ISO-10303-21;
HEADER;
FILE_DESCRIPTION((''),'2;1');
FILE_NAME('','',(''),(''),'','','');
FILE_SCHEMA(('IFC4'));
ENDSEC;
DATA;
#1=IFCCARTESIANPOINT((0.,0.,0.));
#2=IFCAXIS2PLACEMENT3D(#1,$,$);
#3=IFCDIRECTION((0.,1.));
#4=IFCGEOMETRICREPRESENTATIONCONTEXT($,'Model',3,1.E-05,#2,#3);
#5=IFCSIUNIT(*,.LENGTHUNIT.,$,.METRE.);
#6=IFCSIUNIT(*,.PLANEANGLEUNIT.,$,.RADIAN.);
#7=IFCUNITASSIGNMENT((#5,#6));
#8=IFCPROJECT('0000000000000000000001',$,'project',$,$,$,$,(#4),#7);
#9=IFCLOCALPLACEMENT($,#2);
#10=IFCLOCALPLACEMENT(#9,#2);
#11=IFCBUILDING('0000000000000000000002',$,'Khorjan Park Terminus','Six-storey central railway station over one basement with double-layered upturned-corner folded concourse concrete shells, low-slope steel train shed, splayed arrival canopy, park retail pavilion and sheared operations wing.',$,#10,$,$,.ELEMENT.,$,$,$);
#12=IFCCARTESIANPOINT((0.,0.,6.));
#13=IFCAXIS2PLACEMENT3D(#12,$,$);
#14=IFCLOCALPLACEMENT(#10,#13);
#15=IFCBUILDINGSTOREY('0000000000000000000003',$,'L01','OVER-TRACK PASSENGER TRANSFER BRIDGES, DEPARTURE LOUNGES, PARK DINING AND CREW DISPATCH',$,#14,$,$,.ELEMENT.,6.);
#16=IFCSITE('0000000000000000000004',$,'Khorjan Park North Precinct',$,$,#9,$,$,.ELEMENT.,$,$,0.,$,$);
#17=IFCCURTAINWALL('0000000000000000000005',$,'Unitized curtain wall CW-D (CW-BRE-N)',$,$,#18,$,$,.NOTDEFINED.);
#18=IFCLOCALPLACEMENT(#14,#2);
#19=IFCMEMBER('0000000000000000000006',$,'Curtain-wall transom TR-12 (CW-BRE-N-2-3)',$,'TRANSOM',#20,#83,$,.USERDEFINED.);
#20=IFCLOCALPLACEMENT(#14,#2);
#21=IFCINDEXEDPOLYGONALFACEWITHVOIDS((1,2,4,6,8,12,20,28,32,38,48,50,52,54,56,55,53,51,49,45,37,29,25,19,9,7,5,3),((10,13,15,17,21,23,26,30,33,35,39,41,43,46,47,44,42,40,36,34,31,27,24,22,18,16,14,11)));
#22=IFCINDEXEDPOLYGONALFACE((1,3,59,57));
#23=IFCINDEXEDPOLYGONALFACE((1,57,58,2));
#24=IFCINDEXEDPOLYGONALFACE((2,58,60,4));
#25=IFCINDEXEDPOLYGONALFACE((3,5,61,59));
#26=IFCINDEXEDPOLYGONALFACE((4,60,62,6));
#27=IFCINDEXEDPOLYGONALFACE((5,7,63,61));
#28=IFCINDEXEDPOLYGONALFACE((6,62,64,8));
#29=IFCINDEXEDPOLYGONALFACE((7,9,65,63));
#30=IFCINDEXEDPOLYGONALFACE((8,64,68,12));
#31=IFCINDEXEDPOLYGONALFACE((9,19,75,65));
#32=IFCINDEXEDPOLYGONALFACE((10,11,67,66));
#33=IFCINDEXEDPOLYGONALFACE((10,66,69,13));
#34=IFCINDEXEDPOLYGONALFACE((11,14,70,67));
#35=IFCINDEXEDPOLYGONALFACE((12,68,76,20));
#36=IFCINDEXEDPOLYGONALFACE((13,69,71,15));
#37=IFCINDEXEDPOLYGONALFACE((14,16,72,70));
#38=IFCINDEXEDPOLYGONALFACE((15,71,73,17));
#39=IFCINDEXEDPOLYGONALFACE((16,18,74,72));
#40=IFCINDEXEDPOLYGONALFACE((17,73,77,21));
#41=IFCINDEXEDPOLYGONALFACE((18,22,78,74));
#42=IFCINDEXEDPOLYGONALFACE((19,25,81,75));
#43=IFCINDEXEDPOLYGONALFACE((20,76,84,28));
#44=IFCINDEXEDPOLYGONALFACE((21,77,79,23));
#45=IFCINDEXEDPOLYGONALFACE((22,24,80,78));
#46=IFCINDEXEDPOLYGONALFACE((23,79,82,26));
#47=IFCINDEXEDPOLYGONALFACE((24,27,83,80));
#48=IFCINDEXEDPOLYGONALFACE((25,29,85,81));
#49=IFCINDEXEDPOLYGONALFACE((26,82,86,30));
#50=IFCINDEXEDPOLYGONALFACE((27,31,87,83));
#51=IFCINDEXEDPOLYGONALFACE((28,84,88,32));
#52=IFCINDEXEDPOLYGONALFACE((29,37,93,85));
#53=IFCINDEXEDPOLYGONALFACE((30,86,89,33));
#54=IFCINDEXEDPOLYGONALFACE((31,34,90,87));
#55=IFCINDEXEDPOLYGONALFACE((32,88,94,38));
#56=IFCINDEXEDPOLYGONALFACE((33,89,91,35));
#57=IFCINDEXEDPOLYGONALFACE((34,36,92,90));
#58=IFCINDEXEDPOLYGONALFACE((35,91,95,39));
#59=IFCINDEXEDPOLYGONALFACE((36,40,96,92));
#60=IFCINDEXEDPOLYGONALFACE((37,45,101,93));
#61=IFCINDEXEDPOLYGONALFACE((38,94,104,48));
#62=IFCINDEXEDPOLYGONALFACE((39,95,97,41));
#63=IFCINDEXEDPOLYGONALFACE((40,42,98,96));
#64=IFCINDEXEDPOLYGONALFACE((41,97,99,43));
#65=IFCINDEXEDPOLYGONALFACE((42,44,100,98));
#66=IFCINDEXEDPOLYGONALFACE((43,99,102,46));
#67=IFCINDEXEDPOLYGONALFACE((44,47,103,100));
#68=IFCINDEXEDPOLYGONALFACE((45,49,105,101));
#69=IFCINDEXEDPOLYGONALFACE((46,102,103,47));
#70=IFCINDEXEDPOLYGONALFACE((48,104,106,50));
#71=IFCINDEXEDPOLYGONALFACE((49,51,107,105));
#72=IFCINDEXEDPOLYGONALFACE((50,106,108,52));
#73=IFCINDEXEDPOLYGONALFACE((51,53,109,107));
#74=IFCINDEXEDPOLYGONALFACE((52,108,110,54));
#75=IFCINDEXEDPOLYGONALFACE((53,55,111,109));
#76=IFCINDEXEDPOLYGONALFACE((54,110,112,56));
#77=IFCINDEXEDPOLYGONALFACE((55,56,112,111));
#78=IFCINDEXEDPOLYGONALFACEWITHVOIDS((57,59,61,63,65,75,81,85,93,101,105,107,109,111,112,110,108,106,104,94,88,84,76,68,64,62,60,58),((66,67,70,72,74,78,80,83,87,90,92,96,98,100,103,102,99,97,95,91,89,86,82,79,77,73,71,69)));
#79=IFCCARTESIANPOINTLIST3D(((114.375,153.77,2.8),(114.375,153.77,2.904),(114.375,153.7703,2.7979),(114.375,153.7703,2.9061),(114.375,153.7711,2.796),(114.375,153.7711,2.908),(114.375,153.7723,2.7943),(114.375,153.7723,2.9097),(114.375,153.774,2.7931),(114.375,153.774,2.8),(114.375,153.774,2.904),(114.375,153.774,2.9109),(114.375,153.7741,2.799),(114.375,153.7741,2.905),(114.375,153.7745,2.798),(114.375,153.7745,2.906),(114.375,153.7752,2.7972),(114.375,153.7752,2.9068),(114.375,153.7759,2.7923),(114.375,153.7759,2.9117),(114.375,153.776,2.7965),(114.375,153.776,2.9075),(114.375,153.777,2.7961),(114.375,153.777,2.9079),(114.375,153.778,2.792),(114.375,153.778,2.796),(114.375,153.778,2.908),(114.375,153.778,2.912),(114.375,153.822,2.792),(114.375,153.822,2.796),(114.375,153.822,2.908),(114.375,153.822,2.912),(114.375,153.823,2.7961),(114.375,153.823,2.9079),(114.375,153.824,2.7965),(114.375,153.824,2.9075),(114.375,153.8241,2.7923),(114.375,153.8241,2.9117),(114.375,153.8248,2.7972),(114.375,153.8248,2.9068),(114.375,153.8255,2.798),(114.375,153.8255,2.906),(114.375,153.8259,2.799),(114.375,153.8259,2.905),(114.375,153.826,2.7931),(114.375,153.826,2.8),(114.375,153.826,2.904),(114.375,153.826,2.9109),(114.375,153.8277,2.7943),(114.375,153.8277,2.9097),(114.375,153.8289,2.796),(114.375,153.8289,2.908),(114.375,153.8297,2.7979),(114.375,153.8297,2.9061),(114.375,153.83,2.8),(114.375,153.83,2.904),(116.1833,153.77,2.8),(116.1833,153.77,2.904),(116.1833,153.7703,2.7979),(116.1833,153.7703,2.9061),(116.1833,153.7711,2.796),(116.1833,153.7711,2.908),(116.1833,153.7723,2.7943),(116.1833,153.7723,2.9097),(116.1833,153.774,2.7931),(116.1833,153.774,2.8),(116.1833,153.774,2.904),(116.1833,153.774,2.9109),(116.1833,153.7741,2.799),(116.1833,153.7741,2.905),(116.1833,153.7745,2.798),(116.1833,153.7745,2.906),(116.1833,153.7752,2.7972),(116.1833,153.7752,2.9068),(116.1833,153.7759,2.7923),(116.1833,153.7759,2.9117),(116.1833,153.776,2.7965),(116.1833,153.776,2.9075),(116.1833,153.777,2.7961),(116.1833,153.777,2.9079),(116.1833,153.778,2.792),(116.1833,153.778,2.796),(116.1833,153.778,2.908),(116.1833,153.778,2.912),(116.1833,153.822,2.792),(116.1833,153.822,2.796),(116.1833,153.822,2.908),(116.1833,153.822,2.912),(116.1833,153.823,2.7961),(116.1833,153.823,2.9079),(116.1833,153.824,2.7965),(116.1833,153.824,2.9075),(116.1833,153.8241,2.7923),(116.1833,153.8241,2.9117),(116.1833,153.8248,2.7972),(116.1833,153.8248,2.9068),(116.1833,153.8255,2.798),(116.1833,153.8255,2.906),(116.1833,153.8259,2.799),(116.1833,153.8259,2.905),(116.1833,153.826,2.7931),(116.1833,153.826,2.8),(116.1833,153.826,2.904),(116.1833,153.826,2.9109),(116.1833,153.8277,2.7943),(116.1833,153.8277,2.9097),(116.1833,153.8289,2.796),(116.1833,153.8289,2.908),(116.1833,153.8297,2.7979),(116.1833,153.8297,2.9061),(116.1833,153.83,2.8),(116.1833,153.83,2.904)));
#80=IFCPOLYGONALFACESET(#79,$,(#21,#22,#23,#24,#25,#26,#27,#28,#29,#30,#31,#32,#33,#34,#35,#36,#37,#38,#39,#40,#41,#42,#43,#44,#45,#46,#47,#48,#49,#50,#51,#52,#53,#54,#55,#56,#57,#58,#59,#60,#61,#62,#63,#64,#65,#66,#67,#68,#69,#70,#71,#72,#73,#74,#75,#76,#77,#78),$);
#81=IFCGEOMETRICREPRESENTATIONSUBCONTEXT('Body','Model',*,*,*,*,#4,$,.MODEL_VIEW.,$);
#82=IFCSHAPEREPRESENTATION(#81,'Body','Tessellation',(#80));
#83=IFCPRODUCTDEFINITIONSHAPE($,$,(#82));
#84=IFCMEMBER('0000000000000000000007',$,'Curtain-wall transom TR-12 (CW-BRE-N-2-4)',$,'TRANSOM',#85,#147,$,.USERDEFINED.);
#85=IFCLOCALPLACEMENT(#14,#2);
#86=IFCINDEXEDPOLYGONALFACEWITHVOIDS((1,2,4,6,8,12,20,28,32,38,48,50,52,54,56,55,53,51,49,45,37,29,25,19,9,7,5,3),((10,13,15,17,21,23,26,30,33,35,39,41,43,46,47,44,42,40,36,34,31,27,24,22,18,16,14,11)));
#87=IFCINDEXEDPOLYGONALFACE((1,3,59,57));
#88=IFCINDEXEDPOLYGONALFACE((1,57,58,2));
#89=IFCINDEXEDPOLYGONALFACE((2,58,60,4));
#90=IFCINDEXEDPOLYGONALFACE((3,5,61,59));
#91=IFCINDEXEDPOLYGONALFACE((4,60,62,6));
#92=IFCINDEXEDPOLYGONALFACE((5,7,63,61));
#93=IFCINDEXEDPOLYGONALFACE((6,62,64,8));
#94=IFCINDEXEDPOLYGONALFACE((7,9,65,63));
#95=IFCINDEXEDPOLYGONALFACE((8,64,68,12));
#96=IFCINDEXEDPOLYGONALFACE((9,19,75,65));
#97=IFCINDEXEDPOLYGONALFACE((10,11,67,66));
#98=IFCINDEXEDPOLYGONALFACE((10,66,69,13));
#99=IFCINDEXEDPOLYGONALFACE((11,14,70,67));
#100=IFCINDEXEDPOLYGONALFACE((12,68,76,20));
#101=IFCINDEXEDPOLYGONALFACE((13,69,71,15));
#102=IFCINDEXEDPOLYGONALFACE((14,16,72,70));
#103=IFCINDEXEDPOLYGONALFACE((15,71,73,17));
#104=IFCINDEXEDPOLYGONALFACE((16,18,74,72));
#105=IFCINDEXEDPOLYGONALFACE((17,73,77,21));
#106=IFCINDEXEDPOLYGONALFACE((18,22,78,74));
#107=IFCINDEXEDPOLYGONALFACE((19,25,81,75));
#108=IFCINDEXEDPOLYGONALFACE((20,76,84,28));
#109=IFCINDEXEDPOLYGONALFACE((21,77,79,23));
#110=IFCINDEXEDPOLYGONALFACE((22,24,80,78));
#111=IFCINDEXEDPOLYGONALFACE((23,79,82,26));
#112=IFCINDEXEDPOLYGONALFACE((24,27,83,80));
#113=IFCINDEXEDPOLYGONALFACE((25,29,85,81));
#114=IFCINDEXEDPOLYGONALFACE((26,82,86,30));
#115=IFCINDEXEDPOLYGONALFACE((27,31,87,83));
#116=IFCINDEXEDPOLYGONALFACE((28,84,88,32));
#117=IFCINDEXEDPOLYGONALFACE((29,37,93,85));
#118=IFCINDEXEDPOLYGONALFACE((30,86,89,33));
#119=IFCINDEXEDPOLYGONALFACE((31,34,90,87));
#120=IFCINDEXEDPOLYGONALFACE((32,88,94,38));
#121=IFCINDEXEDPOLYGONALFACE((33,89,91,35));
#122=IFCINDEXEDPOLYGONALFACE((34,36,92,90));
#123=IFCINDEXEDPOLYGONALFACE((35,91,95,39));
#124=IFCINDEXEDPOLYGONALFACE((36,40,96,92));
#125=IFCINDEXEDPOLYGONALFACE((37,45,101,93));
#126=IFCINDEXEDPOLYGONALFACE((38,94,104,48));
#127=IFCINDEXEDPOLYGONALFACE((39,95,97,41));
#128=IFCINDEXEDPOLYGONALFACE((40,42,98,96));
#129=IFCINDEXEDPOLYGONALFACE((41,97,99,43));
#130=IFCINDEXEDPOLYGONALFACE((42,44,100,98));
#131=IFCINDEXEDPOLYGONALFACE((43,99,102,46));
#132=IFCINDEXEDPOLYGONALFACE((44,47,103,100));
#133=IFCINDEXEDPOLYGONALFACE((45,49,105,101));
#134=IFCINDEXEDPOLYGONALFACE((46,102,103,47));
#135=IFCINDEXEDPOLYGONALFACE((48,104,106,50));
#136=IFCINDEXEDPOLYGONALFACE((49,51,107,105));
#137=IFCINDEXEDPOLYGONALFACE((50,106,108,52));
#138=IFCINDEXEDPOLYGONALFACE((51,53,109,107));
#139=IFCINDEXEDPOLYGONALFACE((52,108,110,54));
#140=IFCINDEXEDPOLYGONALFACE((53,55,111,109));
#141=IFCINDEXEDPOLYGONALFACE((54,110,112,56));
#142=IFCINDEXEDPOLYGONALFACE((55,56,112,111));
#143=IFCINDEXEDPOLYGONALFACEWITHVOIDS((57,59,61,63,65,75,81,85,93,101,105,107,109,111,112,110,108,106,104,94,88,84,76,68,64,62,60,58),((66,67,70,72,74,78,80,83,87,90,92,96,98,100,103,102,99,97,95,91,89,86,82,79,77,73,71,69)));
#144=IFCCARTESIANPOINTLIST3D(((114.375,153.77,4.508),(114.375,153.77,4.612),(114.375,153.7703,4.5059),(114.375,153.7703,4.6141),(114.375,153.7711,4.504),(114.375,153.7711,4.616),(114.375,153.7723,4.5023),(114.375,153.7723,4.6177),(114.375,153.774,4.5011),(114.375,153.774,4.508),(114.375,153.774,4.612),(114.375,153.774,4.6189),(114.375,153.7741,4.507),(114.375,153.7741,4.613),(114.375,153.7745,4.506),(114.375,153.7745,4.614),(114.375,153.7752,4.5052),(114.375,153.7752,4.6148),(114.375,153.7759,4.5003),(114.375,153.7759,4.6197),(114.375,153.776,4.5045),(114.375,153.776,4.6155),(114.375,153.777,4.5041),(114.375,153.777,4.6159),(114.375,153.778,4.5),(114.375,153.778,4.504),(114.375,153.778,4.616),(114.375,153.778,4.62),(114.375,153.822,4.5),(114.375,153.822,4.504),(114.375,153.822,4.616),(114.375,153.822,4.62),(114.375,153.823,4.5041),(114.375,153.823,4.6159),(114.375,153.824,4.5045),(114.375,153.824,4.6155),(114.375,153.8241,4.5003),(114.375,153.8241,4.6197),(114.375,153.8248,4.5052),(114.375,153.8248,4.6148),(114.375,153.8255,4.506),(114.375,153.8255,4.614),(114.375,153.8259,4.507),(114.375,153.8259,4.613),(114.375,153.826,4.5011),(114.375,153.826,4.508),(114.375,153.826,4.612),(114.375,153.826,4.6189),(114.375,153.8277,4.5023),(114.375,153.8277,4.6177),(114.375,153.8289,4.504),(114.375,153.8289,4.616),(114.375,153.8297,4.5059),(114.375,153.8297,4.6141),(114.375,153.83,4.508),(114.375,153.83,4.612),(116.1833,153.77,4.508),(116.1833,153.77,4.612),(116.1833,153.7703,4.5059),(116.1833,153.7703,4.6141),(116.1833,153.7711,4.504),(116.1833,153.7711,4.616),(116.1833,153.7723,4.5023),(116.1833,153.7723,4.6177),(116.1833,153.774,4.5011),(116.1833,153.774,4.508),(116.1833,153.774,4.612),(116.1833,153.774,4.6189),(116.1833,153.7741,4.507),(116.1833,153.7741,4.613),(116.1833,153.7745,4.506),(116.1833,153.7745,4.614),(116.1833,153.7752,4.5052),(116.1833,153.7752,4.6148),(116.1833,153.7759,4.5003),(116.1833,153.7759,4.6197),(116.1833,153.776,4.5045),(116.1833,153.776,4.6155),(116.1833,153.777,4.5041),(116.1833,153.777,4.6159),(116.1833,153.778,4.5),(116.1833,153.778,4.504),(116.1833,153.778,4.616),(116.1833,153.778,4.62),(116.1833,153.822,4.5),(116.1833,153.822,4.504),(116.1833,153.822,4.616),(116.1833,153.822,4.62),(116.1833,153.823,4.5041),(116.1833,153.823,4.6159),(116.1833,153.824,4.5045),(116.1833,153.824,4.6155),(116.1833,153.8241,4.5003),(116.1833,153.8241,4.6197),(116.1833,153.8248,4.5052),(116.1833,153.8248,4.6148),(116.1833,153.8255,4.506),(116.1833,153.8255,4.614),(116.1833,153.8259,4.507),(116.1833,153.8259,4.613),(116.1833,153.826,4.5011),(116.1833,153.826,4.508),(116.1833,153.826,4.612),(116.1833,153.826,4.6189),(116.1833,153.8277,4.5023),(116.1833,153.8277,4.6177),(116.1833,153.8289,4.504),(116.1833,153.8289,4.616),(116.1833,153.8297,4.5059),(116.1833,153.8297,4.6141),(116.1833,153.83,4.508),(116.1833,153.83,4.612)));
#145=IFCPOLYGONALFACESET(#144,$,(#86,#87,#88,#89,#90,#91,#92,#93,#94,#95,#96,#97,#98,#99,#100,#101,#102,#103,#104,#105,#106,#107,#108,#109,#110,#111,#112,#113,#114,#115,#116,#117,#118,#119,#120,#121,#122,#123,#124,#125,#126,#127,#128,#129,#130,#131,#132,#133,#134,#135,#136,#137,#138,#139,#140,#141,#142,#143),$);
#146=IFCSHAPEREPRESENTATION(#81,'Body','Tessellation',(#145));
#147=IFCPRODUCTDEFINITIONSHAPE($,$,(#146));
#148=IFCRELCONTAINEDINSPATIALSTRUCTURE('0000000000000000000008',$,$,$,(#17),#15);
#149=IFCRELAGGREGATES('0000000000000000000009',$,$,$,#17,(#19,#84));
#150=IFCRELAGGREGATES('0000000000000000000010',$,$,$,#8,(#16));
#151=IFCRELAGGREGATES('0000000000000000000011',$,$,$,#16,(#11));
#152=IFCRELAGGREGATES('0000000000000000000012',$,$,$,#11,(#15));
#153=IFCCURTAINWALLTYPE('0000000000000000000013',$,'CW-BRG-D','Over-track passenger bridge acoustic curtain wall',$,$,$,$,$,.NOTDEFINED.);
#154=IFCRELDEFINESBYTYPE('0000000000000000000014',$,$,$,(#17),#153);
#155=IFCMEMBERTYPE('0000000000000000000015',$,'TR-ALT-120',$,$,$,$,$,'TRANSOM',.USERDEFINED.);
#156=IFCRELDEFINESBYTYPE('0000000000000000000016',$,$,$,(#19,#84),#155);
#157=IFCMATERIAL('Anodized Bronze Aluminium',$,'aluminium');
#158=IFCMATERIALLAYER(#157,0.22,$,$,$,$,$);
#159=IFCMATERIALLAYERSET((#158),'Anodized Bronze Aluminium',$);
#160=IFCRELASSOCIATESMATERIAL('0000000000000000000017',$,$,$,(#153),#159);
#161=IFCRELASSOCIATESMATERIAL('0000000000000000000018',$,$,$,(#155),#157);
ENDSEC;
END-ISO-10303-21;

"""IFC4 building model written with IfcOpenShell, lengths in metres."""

from ifc_helpers import new_model, si_unit, direction, frame, origin, origin_2d, place, context, subcontext, project, spatial, hollow_rectangle, extrude, material, layer, layer_set, material_profile, profile_set, type_object, element, aggregate, save


model = new_model("IFC4")

# Units and contexts
model_context = context("Model", 3, precision=1e-05, world=origin(), true_north=direction((0.0, 1.0)))
body_context = subcontext(model_context, "Body", "Model", "MODEL_VIEW")
ifc_project = project(units=[si_unit("LENGTHUNIT", "METRE"), si_unit("PLANEANGLEUNIT", "RADIAN")], contexts=[model_context])

# Site, building, storey
site_placement = place(None, origin())
site = spatial("IfcSite", under=ifc_project, at=site_placement, Name="Khorjan Park North Precinct", CompositionType="ELEMENT", RefElevation=0.0)
building_placement = place(site_placement, origin())
building = spatial("IfcBuilding", under=site, at=building_placement, Name="Khorjan Park Terminus", Description="Six-storey central railway station over one basement with double-layered upturned-corner folded concourse concrete shells, low-slope steel train shed, splayed arrival canopy, park retail pavilion and sheared operations wing.", CompositionType="ELEMENT")
storey_placement = place(building_placement, frame((0.0, 0.0, 6.0)))
storey = spatial("IfcBuildingStorey", under=building, at=storey_placement, Name="L01", Description="OVER-TRACK PASSENGER TRANSFER BRIDGES, DEPARTURE LOUNGES, PARK DINING AND CREW DISPATCH", CompositionType="ELEMENT", Elevation=6.0)

# Curtain wall, members
ifc_material_1 = material(Name="Anodized Bronze Aluminium", Category="aluminium")
ifc_layer_1 = layer(ifc_material_1, 0.22)
ifc_layer_set_1 = layer_set([ifc_layer_1], Name="Anodized Bronze Aluminium")
curtain_wall_type = type_object("IfcCurtainWallType", Name="CW-BRG-D", Description="Over-track passenger bridge acoustic curtain wall", PredefinedType="NOTDEFINED", material=ifc_layer_set_1)
curtain_wall_placement = place(storey_placement, origin())
curtain_wall = element("IfcCurtainWall", 1, at=curtain_wall_placement, inside=storey, type_object=curtain_wall_type, Name="Unitized curtain wall CW-D (CW-BRE-N)", PredefinedType="NOTDEFINED")
ifc_material_profile_1 = material_profile(ifc_material_1, hollow_rectangle(XDim=0.06, YDim=0.12, WallThickness=0.004, InnerFilletRadius=0.004, OuterFilletRadius=0.008, at=origin_2d()), Name="ALT 60x120x4")
ifc_profile_set_1 = profile_set([ifc_material_profile_1], Name="Anodized Bronze Aluminium")
member_type_1 = type_object("IfcMemberType", Name="TR-ALT-120", ElementType="TRANSOM", PredefinedType="USERDEFINED", material=ifc_profile_set_1)
member_1_placement = place(storey_placement, frame((116.1833, 153.8, 2.852), z_axis=(-1.0, 0.0, 0.0), x_axis=(0.0, -1.0, 0.0)))
member_1 = element("IfcMember", 2, at=member_1_placement, type_object=member_type_1, Name="Curtain-wall transom TR-12 (CW-BRE-N-2-3)", ObjectType="TRANSOM", PredefinedType="USERDEFINED", context=body_context, shape_type="SweptSolid", body=[
    extrude(hollow_rectangle(XDim=0.06, YDim=0.12, WallThickness=0.004, InnerFilletRadius=0.004, OuterFilletRadius=0.008, at=origin_2d()), origin(), (0.0, 0.0, 1.0), 1.8083),
])
member_2_placement = place(storey_placement, frame((116.1833, 153.8, 4.56), z_axis=(-1.0, 0.0, 0.0), x_axis=(0.0, -1.0, 0.0)))
member_2 = element("IfcMember", 3, at=member_2_placement, type_object=member_type_1, Name="Curtain-wall transom TR-12 (CW-BRE-N-2-4)", ObjectType="TRANSOM", PredefinedType="USERDEFINED", context=body_context, shape_type="SweptSolid", body=[
    extrude(hollow_rectangle(XDim=0.06, YDim=0.12, WallThickness=0.004, InnerFilletRadius=0.004, OuterFilletRadius=0.008, at=origin_2d()), origin(), (0.0, 0.0, 1.0), 1.8083),
])
aggregate(curtain_wall, [member_1, member_2])

save(model, "model.ifc")
